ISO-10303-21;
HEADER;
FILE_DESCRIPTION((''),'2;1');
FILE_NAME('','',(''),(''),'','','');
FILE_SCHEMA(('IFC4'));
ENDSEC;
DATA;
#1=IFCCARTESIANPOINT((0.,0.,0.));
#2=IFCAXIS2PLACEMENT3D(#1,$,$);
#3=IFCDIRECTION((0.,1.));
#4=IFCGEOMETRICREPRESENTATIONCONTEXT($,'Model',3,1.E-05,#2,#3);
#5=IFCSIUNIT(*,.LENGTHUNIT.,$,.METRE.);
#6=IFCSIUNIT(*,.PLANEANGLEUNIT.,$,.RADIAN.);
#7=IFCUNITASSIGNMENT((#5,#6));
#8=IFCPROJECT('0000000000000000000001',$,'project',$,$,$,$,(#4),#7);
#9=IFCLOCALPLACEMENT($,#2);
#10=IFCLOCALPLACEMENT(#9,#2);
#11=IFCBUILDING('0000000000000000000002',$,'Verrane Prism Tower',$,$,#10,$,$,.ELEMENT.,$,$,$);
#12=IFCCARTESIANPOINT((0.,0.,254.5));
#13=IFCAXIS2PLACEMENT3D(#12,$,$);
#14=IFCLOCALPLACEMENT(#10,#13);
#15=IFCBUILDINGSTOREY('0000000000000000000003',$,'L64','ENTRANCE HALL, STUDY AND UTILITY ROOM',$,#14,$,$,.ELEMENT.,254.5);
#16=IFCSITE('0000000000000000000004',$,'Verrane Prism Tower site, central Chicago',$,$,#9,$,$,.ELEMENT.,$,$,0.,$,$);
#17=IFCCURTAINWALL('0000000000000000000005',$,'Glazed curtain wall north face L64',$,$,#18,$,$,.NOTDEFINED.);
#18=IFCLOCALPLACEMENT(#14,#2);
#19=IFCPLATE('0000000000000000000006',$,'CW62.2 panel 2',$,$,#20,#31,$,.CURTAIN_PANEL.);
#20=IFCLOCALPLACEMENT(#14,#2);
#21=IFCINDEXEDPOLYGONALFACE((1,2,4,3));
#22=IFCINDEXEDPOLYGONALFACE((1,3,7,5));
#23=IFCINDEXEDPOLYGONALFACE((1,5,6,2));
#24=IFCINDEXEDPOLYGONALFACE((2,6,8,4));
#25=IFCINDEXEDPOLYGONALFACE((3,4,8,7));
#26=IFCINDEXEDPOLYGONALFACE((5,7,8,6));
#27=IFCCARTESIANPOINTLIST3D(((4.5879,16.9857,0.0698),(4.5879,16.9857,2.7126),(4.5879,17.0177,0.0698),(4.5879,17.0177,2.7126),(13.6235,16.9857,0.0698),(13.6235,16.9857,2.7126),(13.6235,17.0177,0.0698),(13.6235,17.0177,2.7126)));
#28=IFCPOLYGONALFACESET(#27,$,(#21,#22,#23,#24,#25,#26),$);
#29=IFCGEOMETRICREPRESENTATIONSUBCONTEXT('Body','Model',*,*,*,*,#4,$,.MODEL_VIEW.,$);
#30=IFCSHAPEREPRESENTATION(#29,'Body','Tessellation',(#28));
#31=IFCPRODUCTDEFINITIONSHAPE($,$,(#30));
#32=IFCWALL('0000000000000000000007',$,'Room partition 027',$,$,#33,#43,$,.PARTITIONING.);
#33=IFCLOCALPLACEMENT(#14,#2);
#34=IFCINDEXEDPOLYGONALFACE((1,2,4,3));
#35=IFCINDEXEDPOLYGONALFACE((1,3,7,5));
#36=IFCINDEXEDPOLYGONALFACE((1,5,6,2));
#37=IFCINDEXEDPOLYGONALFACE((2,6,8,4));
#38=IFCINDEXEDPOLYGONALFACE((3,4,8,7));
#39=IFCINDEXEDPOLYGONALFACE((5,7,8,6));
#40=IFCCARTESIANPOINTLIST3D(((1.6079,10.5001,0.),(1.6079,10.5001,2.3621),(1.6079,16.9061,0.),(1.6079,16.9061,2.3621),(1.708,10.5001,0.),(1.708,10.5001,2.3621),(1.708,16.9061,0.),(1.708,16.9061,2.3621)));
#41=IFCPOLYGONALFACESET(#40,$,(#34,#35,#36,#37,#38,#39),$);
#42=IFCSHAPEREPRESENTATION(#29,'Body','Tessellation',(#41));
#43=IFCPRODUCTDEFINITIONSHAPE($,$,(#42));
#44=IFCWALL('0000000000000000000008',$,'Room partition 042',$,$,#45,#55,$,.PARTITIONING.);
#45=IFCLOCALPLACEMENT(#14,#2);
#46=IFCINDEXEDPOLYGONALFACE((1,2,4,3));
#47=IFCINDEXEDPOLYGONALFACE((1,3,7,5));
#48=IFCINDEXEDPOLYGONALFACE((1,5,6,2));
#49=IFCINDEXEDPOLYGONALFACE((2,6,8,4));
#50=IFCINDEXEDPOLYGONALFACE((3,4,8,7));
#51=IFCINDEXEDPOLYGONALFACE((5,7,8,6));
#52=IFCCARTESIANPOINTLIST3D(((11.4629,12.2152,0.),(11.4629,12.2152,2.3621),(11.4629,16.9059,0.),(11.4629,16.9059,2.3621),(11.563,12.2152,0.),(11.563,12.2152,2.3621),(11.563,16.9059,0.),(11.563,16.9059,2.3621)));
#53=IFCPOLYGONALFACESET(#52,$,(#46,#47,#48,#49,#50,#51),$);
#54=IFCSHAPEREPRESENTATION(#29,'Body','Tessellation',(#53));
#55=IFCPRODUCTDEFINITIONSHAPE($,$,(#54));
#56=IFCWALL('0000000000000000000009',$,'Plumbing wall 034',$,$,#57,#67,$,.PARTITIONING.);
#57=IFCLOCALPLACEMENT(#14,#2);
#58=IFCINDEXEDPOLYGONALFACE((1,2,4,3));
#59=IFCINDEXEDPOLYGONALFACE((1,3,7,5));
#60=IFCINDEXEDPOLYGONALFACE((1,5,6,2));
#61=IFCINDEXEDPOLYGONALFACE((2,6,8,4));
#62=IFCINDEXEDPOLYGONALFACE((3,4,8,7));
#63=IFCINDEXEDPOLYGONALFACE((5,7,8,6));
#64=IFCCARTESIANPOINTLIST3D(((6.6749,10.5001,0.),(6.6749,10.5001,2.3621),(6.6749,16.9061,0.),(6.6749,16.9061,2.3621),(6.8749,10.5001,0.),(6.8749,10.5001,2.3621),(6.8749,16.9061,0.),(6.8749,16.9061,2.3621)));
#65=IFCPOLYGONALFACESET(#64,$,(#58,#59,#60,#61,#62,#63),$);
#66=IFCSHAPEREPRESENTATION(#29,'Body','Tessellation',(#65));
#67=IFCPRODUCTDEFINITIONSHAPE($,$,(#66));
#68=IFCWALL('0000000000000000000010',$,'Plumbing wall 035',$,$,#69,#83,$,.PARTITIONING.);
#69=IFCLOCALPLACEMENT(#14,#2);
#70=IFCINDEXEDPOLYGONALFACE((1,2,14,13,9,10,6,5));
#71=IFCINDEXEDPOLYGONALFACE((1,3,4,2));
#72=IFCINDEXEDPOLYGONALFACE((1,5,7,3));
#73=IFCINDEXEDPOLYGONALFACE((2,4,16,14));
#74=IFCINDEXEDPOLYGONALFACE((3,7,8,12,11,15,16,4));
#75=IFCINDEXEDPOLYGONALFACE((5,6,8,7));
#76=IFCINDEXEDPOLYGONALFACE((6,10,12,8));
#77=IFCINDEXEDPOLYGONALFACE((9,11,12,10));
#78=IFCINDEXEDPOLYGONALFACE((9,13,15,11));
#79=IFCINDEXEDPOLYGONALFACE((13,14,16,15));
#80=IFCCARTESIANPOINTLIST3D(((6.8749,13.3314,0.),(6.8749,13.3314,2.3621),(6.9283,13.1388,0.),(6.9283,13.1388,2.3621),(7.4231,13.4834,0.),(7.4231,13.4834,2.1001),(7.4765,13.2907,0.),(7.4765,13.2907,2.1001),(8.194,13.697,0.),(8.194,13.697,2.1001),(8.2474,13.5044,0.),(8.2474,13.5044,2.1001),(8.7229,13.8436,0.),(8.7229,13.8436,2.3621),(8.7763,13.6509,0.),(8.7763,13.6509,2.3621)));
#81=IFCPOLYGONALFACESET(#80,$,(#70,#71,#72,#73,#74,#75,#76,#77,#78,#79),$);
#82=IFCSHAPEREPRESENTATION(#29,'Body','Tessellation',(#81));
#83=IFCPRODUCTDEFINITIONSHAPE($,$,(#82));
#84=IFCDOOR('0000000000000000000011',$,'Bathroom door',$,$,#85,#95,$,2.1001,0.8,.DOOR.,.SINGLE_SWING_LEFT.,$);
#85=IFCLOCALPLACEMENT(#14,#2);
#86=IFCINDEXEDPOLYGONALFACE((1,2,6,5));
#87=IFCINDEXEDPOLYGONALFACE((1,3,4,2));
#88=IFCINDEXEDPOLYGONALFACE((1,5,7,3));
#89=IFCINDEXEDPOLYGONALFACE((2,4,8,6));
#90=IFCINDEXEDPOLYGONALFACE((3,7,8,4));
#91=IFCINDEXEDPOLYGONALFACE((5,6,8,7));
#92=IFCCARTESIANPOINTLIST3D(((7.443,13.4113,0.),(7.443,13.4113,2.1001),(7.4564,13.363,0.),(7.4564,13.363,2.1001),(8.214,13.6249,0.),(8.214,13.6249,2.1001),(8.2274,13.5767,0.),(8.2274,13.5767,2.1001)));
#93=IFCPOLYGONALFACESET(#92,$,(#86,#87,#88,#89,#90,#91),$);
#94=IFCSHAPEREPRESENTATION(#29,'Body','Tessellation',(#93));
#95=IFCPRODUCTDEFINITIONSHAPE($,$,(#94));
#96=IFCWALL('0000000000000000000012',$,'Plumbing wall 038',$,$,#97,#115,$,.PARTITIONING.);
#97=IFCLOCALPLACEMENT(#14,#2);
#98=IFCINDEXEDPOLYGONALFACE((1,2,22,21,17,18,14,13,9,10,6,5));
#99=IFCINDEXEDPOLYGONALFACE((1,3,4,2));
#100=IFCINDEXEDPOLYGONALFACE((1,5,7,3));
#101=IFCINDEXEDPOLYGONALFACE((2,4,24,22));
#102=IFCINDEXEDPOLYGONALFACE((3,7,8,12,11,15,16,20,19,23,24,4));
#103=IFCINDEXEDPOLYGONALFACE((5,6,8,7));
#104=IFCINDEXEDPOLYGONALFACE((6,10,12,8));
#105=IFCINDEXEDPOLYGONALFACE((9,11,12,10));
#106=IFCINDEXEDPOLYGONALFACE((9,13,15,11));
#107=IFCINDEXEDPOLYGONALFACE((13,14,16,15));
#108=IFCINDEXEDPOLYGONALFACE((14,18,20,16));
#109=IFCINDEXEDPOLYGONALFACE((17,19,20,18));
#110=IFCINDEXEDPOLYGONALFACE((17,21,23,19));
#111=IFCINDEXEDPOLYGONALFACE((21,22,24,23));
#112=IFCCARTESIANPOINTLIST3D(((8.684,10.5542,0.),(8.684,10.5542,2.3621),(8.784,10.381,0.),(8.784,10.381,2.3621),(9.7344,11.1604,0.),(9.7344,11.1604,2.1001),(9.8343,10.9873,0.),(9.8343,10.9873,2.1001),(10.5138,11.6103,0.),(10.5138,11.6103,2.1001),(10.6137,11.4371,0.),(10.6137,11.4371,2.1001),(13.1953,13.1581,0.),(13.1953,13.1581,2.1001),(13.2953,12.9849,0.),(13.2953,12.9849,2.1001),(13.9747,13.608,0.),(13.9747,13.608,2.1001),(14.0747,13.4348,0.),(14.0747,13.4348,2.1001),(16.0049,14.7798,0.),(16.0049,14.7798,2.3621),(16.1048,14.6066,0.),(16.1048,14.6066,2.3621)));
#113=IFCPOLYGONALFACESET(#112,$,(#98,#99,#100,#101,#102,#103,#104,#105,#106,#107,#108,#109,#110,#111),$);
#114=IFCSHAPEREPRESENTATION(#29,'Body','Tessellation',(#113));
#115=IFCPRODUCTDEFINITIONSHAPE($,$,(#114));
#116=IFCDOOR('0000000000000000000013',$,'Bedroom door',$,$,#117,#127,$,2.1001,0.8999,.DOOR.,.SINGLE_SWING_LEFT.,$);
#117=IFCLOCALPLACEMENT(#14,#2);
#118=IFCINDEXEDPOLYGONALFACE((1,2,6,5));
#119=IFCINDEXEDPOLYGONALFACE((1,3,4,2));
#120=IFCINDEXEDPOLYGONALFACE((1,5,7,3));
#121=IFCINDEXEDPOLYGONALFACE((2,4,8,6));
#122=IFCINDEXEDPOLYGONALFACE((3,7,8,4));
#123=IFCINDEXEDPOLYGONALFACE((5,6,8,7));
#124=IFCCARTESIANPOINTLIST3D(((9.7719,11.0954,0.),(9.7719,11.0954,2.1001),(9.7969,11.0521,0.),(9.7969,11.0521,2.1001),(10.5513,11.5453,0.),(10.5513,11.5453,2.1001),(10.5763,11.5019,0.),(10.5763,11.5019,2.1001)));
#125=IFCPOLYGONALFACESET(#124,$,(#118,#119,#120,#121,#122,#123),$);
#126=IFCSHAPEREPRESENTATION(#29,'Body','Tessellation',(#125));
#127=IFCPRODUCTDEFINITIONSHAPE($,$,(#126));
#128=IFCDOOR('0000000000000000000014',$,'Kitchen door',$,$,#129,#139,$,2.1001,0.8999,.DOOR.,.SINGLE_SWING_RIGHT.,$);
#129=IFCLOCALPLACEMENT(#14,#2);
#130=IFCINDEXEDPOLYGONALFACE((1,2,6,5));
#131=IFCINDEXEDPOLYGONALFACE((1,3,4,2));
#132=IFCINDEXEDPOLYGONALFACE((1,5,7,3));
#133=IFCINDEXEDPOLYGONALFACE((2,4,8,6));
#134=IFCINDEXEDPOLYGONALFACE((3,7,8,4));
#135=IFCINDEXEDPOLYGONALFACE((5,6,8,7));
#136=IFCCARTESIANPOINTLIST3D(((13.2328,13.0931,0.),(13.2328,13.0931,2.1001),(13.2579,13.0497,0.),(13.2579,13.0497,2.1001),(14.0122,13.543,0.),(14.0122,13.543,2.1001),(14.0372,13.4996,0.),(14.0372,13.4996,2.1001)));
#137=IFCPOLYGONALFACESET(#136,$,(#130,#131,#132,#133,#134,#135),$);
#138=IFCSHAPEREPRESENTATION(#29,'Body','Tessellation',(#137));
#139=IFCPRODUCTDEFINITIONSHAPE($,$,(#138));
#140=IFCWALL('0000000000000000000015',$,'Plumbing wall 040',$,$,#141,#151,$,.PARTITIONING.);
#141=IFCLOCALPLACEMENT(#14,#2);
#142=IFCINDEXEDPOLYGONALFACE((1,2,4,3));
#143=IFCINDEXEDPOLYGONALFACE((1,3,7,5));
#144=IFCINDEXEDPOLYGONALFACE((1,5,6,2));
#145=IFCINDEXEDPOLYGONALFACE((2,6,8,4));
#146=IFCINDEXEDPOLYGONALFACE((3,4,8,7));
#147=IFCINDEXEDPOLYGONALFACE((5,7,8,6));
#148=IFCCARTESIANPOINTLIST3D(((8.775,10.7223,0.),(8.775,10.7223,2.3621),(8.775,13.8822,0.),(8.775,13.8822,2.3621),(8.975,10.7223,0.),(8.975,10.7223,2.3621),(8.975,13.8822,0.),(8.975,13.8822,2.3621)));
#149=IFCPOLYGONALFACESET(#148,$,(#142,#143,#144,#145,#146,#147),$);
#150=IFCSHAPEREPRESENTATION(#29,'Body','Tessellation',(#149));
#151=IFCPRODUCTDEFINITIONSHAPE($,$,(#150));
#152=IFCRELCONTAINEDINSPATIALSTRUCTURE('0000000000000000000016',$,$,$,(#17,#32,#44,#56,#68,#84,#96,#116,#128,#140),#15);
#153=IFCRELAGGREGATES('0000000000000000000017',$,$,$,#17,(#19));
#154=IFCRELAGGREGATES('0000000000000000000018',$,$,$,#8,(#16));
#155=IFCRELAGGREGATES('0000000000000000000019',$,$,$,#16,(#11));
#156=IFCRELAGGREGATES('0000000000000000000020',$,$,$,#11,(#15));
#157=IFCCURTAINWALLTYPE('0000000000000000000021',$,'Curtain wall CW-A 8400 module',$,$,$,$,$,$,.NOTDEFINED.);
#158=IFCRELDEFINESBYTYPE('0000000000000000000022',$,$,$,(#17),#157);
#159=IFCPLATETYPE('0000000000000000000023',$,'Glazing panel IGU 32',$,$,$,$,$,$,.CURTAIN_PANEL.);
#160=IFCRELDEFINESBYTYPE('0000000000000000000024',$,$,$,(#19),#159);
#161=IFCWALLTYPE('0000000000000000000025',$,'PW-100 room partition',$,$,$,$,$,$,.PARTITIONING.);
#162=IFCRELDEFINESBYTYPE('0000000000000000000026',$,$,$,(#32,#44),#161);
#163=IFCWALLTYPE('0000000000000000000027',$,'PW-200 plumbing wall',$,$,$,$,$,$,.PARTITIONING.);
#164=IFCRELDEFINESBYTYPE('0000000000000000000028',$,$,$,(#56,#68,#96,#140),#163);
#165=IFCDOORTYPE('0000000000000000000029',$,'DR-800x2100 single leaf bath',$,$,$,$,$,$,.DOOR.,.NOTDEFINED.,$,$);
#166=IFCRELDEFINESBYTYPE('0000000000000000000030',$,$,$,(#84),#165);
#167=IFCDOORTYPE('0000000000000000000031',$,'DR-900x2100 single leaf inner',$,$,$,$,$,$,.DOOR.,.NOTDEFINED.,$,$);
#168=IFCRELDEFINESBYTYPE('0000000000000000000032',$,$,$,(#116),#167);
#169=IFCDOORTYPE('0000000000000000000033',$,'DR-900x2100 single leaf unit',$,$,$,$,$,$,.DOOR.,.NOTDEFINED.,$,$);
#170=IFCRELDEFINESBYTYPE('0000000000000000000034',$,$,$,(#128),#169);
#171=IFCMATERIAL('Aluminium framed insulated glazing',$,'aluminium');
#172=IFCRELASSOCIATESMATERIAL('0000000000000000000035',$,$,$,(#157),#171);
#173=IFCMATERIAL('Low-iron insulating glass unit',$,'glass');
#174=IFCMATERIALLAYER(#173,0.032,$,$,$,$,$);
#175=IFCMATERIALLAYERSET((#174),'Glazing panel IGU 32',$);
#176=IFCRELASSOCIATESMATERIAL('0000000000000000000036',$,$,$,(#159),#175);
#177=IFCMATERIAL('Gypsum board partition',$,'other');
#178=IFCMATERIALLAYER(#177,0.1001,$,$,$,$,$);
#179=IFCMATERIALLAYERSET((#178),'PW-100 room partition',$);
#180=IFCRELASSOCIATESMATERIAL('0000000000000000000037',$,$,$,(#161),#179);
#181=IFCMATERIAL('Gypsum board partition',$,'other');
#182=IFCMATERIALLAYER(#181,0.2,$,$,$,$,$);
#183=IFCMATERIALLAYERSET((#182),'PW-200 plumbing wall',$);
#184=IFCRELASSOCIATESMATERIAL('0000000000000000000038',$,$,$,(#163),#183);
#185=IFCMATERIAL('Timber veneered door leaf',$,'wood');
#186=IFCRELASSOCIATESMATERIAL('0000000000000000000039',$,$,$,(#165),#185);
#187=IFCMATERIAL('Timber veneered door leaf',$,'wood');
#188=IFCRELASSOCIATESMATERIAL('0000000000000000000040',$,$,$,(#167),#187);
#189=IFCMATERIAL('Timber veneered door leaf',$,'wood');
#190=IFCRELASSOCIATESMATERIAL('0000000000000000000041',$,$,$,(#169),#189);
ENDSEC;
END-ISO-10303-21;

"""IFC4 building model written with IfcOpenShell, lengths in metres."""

from ifc_helpers import new_model, si_unit, direction, frame, frame_2d, origin, origin_2d, place, context, subcontext, project, spatial, rectangle, extrude, material, layer, layer_set, type_object, element, fill, aggregate, save


model = new_model("IFC4")

# Units and contexts
model_context = context("Model", 3, precision=1e-05, world=origin(), true_north=direction((0.0, 1.0)))
body_context = subcontext(model_context, "Body", "Model", "MODEL_VIEW")
ifc_project = project(units=[si_unit("LENGTHUNIT", "METRE"), si_unit("PLANEANGLEUNIT", "RADIAN")], contexts=[model_context])

# Site, building, storey
site_placement = place(None, origin())
site = spatial("IfcSite", under=ifc_project, at=site_placement, Name="Verrane Prism Tower site, central Chicago", CompositionType="ELEMENT", RefElevation=0.0)
building_placement = place(site_placement, origin())
building = spatial("IfcBuilding", under=site, at=building_placement, Name="Verrane Prism Tower", CompositionType="ELEMENT")
storey_placement = place(building_placement, frame((0.0, 0.0, 254.5)))
storey = spatial("IfcBuildingStorey", under=building, at=storey_placement, Name="L64", Description="ENTRANCE HALL, STUDY AND UTILITY ROOM", CompositionType="ELEMENT", Elevation=254.5)

# Curtain wall
ifc_material_1 = material(Name="Aluminium framed insulated glazing", Category="aluminium")
curtain_wall_type = type_object("IfcCurtainWallType", Name="Curtain wall CW-A 8400 module", PredefinedType="NOTDEFINED", material=ifc_material_1)
curtain_wall_placement = place(storey_placement, origin())
curtain_wall = element("IfcCurtainWall", 1, at=curtain_wall_placement, inside=storey, type_object=curtain_wall_type, Name="Glazed curtain wall north face L64", PredefinedType="NOTDEFINED")

# Plate
ifc_material_2 = material(Name="Low-iron insulating glass unit", Category="glass")
ifc_layer_1 = layer(ifc_material_2, 0.032)
ifc_layer_set_1 = layer_set([ifc_layer_1], Name="Glazing panel IGU 32")
plate_type = type_object("IfcPlateType", Name="Glazing panel IGU 32", PredefinedType="CURTAIN_PANEL", material=ifc_layer_set_1)
plate_placement = place(storey_placement, frame((9.1057, 17.0017, 0.0698), z_axis=(0.0, 0.0, 1.0), x_axis=(-1.0, 0.0, 0.0)))
plate = element("IfcPlate", 2, at=plate_placement, type_object=plate_type, Name="CW62.2 panel 2", PredefinedType="CURTAIN_PANEL", context=body_context, shape_type="SweptSolid", body=[
    extrude(rectangle(XDim=9.0356, YDim=0.032, at=origin_2d()), origin(), (0.0, 0.0, 1.0), 2.6428),
])
aggregate(curtain_wall, [plate])

# Walls
ifc_material_3 = material(Name="Gypsum board partition", Category="other")
ifc_layer_2 = layer(ifc_material_3, 0.1001)
ifc_layer_set_2 = layer_set([ifc_layer_2], Name="PW-100 room partition")
wall_type_1 = type_object("IfcWallType", Name="PW-100 room partition", PredefinedType="PARTITIONING", material=ifc_layer_set_2)
wall_1_placement = place(storey_placement, frame((1.658, 10.5, 0.0), z_axis=(0.0, 0.0, 1.0), x_axis=(0.0, 1.0, 0.0)))
element("IfcWall", 3, at=wall_1_placement, inside=storey, type_object=wall_type_1, Name="Room partition 027", PredefinedType="PARTITIONING", context=body_context, shape_type="SweptSolid", body=[
    extrude(rectangle(XDim=6.406, YDim=0.1001, at=frame_2d((3.2031, 0.0))), origin(), (0.0, 0.0, 1.0), 2.3621),
])
wall_2_placement = place(storey_placement, frame((11.5129, 12.2153, 0.0), z_axis=(0.0, 0.0, 1.0), x_axis=(0.0, 1.0, 0.0)))
element("IfcWall", 4, at=wall_2_placement, inside=storey, type_object=wall_type_1, Name="Room partition 042", PredefinedType="PARTITIONING", context=body_context, shape_type="SweptSolid", body=[
    extrude(rectangle(XDim=4.6907, YDim=0.1001, at=frame_2d((2.3452, 0.0))), origin(), (0.0, 0.0, 1.0), 2.3621),
])
ifc_material_4 = material(Name="Gypsum board partition", Category="other")
ifc_layer_3 = layer(ifc_material_4, 0.2)
ifc_layer_set_3 = layer_set([ifc_layer_3], Name="PW-200 plumbing wall")
wall_type_2 = type_object("IfcWallType", Name="PW-200 plumbing wall", PredefinedType="PARTITIONING", material=ifc_layer_set_3)
wall_3_placement = place(storey_placement, frame((6.7749, 10.5, 0.0), z_axis=(0.0, 0.0, 1.0), x_axis=(0.0, 1.0, 0.0)))
element("IfcWall", 5, at=wall_3_placement, inside=storey, type_object=wall_type_2, Name="Plumbing wall 034", PredefinedType="PARTITIONING", context=body_context, shape_type="SweptSolid", body=[
    extrude(rectangle(XDim=6.406, YDim=0.2, at=frame_2d((3.2031, 0.0))), origin(), (0.0, 0.0, 1.0), 2.3621),
])

# Wall, opening, door
wall_4_placement = place(storey_placement, frame((8.7498, 13.7473, 0.0), z_axis=(0.0, 0.0, 1.0), x_axis=(-0.963675, -0.267079, 0.0)))
wall_4 = element("IfcWall", 6, at=wall_4_placement, inside=storey, type_object=wall_type_2, Name="Plumbing wall 035", PredefinedType="PARTITIONING", context=body_context, shape_type="SweptSolid", body=[
    extrude(rectangle(XDim=1.9177, YDim=0.2, at=frame_2d((0.959, 0.0))), origin(), (0.0, 0.0, 1.0), 2.3621),
])
opening_1_placement = place(wall_4_placement, frame((0.5491, 0.0, 0.0)))
opening_1 = element("IfcOpeningElement", 7, at=opening_1_placement, cuts=wall_4, PredefinedType="OPENING", context=body_context, shape_type="SweptSolid", body=[
    extrude(rectangle(XDim=0.8, YDim=2.1001, at=frame_2d((0.3999, 1.05))), frame((0.0, 0.1099, 0.0), z_axis=(0.0, -1.0, 0.0), x_axis=(1.0, 0.0, 0.0)), (0.0, 0.0, 1.0), 0.22),
])
ifc_material_5 = material(Name="Timber veneered door leaf", Category="wood")
door_type_1 = type_object("IfcDoorType", Name="DR-800x2100 single leaf bath", OperationType="NOTDEFINED", PredefinedType="DOOR", material=ifc_material_5)
door_1_placement = place(opening_1_placement, origin())
door_1 = element("IfcDoor", 8, at=door_1_placement, inside=storey, type_object=door_type_1, Name="Bathroom door", OperationType="SINGLE_SWING_LEFT", OverallHeight=2.1001, OverallWidth=0.8, PredefinedType="DOOR", context=body_context, shape_type="SweptSolid", body=[
    extrude(rectangle(XDim=0.8, YDim=2.1001, at=frame_2d((0.3999, 1.05))), frame((0.0, 0.0249, 0.0), z_axis=(0.0, -1.0, 0.0), x_axis=(1.0, 0.0, 0.0)), (0.0, 0.0, 1.0), 0.05),
])
fill(opening_1, door_1)

# Wall, openings, doors
wall_5_placement = place(storey_placement, frame((8.7339, 10.4675, 0.0), z_axis=(0.0, 0.0, 1.0), x_axis=(0.866081, 0.499904, 0.0)))
wall_5 = element("IfcWall", 9, at=wall_5_placement, inside=storey, type_object=wall_type_2, Name="Plumbing wall 038", PredefinedType="PARTITIONING", context=body_context, shape_type="SweptSolid", body=[
    extrude(rectangle(XDim=8.4529, YDim=0.2, at=frame_2d((4.2266, 0.0))), origin(), (0.0, 0.0, 1.0), 2.3621),
])
opening_2_placement = place(wall_5_placement, frame((5.209, 0.0, 0.0)))
opening_2 = element("IfcOpeningElement", 10, at=opening_2_placement, cuts=wall_5, PredefinedType="OPENING", context=body_context, shape_type="SweptSolid", body=[
    extrude(rectangle(XDim=0.8999, YDim=2.1001, at=frame_2d((0.45, 1.05))), frame((0.0, 0.1099, 0.0), z_axis=(0.0, -1.0, 0.0), x_axis=(1.0, 0.0, 0.0)), (0.0, 0.0, 1.0), 0.22),
])
opening_3_placement = place(wall_5_placement, frame((1.2129, 0.0, 0.0)))
opening_3 = element("IfcOpeningElement", 11, at=opening_3_placement, cuts=wall_5, PredefinedType="OPENING", context=body_context, shape_type="SweptSolid", body=[
    extrude(rectangle(XDim=0.8999, YDim=2.1001, at=frame_2d((0.45, 1.05))), frame((0.0, 0.1099, 0.0), z_axis=(0.0, -1.0, 0.0), x_axis=(1.0, 0.0, 0.0)), (0.0, 0.0, 1.0), 0.22),
])
ifc_material_6 = material(Name="Timber veneered door leaf", Category="wood")
door_type_2 = type_object("IfcDoorType", Name="DR-900x2100 single leaf inner", OperationType="NOTDEFINED", PredefinedType="DOOR", material=ifc_material_6)
door_2_placement = place(opening_3_placement, origin())
door_2 = element("IfcDoor", 12, at=door_2_placement, inside=storey, type_object=door_type_2, Name="Bedroom door", OperationType="SINGLE_SWING_LEFT", OverallHeight=2.1001, OverallWidth=0.8999, PredefinedType="DOOR", context=body_context, shape_type="SweptSolid", body=[
    extrude(rectangle(XDim=0.8999, YDim=2.1001, at=frame_2d((0.45, 1.05))), frame((0.0, 0.0249, 0.0), z_axis=(0.0, -1.0, 0.0), x_axis=(1.0, 0.0, 0.0)), (0.0, 0.0, 1.0), 0.05),
])
fill(opening_3, door_2)
ifc_material_7 = material(Name="Timber veneered door leaf", Category="wood")
door_type_3 = type_object("IfcDoorType", Name="DR-900x2100 single leaf unit", OperationType="NOTDEFINED", PredefinedType="DOOR", material=ifc_material_7)
door_3_placement = place(opening_2_placement, origin())
door_3 = element("IfcDoor", 13, at=door_3_placement, inside=storey, type_object=door_type_3, Name="Kitchen door", OperationType="SINGLE_SWING_RIGHT", OverallHeight=2.1001, OverallWidth=0.8999, PredefinedType="DOOR", context=body_context, shape_type="SweptSolid", body=[
    extrude(rectangle(XDim=0.8999, YDim=2.1001, at=frame_2d((0.45, 1.05))), frame((0.0, 0.0249, 0.0), z_axis=(0.0, -1.0, 0.0), x_axis=(1.0, 0.0, 0.0)), (0.0, 0.0, 1.0), 0.05),
])
fill(opening_2, door_3)

# Wall
wall_6_placement = place(storey_placement, frame((8.875, 10.7222, 0.0), z_axis=(0.0, 0.0, 1.0), x_axis=(0.0, 1.0, 0.0)))
element("IfcWall", 14, at=wall_6_placement, inside=storey, type_object=wall_type_2, Name="Plumbing wall 040", PredefinedType="PARTITIONING", context=body_context, shape_type="SweptSolid", body=[
    extrude(rectangle(XDim=3.1599, YDim=0.2, at=frame_2d((1.5801, 0.0))), origin(), (0.0, 0.0, 1.0), 2.3621),
])

save(model, "model.ifc")
